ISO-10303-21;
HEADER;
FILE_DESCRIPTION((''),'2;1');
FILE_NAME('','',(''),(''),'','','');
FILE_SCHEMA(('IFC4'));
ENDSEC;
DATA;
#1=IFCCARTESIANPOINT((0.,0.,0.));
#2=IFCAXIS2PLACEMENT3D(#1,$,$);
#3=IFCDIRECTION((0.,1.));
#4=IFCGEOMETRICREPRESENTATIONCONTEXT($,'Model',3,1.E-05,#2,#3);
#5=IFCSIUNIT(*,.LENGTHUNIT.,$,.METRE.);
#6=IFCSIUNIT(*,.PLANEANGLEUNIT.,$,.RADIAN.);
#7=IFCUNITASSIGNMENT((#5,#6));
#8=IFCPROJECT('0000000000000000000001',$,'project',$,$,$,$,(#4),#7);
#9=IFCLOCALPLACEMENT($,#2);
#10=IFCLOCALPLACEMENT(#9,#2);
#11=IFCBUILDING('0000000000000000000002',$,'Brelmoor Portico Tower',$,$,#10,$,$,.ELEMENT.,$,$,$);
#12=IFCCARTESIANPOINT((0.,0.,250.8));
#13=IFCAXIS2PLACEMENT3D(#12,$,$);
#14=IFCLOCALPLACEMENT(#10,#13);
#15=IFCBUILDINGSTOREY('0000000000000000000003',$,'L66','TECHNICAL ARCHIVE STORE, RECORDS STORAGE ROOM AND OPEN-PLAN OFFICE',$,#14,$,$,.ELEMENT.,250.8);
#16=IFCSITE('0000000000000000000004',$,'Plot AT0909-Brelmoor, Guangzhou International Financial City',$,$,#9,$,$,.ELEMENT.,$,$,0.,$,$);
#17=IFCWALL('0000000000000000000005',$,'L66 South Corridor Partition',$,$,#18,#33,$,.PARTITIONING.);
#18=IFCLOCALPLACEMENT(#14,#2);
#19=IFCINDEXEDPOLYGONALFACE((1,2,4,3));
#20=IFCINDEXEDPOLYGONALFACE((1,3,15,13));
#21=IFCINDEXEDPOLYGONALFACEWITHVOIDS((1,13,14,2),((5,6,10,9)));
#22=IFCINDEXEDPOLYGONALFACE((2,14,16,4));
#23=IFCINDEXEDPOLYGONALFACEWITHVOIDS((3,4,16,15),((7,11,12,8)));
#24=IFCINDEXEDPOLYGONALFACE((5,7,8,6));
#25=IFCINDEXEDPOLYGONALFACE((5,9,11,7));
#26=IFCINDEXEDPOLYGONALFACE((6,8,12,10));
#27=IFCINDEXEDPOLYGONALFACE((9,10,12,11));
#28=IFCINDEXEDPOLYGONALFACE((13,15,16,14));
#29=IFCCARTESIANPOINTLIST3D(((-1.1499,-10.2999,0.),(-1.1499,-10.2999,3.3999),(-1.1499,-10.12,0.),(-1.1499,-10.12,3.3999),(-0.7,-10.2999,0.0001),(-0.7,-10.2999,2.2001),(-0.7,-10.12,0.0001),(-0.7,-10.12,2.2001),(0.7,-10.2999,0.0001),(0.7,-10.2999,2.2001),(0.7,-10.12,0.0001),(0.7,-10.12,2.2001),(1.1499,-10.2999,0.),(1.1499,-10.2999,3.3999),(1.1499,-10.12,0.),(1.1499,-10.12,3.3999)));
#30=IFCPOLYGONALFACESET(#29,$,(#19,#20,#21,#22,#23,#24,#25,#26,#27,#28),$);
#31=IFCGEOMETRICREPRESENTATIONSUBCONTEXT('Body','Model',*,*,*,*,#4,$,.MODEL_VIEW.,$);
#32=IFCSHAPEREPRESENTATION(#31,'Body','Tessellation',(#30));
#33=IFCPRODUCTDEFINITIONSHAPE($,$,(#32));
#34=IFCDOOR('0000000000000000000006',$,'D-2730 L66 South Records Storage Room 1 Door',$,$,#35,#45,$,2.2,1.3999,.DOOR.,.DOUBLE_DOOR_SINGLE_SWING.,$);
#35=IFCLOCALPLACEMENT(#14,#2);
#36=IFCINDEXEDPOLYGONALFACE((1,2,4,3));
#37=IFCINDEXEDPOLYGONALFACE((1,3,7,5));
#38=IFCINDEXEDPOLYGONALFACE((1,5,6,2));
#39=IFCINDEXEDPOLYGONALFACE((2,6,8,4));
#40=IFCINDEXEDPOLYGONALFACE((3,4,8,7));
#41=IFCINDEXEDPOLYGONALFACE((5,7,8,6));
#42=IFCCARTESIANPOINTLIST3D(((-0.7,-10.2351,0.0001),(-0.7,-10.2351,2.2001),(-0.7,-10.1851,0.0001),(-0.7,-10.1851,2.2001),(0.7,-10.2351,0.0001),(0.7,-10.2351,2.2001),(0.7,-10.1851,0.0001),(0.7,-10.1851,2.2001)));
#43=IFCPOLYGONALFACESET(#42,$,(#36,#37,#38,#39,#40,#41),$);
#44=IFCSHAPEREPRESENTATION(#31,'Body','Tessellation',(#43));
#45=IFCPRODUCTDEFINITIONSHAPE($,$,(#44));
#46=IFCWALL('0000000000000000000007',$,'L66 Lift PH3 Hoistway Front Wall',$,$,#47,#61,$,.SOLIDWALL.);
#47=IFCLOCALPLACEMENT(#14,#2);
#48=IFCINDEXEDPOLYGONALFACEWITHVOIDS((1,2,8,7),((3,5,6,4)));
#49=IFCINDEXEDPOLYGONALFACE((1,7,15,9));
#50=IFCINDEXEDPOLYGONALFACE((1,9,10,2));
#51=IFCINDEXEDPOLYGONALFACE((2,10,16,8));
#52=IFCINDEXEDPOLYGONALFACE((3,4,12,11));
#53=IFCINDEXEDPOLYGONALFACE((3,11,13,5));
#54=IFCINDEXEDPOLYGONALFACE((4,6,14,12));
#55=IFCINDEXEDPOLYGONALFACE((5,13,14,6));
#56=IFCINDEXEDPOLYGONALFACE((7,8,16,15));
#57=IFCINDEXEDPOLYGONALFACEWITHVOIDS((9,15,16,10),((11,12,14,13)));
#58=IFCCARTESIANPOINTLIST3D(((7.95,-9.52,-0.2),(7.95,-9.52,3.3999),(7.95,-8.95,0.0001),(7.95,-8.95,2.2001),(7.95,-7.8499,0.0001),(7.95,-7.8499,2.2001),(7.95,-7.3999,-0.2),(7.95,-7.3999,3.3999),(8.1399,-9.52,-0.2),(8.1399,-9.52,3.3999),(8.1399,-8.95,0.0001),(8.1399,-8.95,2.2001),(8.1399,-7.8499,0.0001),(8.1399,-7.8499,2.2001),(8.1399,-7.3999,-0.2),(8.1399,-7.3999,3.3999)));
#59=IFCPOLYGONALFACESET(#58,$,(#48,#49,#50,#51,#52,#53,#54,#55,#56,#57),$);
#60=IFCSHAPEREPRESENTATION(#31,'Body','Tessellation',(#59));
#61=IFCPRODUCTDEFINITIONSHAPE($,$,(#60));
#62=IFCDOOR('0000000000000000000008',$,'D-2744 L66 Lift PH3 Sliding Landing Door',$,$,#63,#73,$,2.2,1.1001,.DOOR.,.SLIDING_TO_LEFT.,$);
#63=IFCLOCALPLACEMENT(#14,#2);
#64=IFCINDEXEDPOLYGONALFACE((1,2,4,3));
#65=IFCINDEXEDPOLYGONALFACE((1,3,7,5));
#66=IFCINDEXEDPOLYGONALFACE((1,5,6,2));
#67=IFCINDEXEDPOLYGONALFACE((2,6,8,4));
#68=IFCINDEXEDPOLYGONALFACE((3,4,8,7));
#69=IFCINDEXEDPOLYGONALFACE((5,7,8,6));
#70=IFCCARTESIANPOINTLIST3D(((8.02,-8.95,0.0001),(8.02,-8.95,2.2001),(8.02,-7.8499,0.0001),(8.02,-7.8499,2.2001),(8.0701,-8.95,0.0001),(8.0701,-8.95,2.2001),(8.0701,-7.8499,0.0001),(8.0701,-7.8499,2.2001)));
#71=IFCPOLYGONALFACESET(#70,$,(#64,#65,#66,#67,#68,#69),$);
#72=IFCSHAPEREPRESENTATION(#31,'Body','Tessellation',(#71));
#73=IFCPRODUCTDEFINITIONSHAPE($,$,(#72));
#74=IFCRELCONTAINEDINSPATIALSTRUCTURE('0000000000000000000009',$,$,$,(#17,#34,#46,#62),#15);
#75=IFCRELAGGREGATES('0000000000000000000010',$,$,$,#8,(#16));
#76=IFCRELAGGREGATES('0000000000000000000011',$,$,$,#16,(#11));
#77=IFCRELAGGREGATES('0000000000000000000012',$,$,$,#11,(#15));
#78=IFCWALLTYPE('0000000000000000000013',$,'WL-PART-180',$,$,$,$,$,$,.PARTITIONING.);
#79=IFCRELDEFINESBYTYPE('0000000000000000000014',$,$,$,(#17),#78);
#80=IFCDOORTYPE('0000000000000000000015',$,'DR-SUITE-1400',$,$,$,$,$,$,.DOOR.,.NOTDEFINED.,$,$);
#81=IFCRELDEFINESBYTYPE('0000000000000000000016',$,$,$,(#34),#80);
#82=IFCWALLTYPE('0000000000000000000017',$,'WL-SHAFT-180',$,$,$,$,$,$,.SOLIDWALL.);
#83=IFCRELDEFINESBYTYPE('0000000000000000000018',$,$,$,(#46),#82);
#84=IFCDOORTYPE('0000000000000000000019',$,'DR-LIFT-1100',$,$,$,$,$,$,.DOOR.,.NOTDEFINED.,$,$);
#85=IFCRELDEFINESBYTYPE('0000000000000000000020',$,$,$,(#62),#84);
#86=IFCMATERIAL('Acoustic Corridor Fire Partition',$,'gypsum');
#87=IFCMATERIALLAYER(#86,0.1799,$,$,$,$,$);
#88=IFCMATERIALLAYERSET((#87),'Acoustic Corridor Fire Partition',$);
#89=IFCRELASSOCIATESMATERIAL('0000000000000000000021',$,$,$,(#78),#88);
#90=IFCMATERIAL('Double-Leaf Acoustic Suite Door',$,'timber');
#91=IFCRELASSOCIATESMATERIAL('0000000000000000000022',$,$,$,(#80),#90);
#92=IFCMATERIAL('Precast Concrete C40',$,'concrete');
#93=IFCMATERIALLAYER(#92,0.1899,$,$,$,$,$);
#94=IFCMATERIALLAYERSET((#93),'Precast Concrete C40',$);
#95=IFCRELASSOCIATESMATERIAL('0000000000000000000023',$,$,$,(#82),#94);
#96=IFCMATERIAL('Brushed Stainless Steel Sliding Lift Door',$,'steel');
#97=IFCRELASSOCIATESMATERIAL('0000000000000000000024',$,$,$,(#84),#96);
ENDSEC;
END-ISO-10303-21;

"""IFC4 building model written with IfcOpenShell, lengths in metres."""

from ifc_helpers import new_model, si_unit, direction, frame, frame_2d, origin, place, context, subcontext, project, spatial, rectangle, extrude, material, layer, layer_set, type_object, element, fill, save


model = new_model("IFC4")

# Units and contexts
model_context = context("Model", 3, precision=1e-05, world=origin(), true_north=direction((0.0, 1.0)))
body_context = subcontext(model_context, "Body", "Model", "MODEL_VIEW")
ifc_project = project(units=[si_unit("LENGTHUNIT", "METRE"), si_unit("PLANEANGLEUNIT", "RADIAN")], contexts=[model_context])

# Site, building, storey
site_placement = place(None, origin())
site = spatial("IfcSite", under=ifc_project, at=site_placement, Name="Plot AT0909-Brelmoor, Guangzhou International Financial City", CompositionType="ELEMENT", RefElevation=0.0)
building_placement = place(site_placement, origin())
building = spatial("IfcBuilding", under=site, at=building_placement, Name="Brelmoor Portico Tower", CompositionType="ELEMENT")
storey_placement = place(building_placement, frame((0.0, 0.0, 250.8)))
storey = spatial("IfcBuildingStorey", under=building, at=storey_placement, Name="L66", Description="TECHNICAL ARCHIVE STORE, RECORDS STORAGE ROOM AND OPEN-PLAN OFFICE", CompositionType="ELEMENT", Elevation=250.8)

# Walls, openings, doors
ifc_material_1 = material(Name="Acoustic Corridor Fire Partition", Category="gypsum")
ifc_layer_1 = layer(ifc_material_1, 0.1799)
ifc_layer_set_1 = layer_set([ifc_layer_1], Name="Acoustic Corridor Fire Partition")
wall_type_1 = type_object("IfcWallType", Name="WL-PART-180", PredefinedType="PARTITIONING", material=ifc_layer_set_1)
wall_1_placement = place(storey_placement, frame((-1.1499, -10.21, 0.0), z_axis=(0.0, 0.0, 1.0), x_axis=(1.0, 0.0, 0.0)))
wall_1 = element("IfcWall", 1, at=wall_1_placement, inside=storey, type_object=wall_type_1, Name="L66 South Corridor Partition", PredefinedType="PARTITIONING", context=body_context, shape_type="SweptSolid", body=[
    extrude(rectangle(XDim=2.2998, YDim=0.1799, at=frame_2d((1.1499, 0.0))), origin(), (0.0, 0.0, 1.0), 3.3999),
])
opening_1_placement = place(wall_1_placement, frame((0.45, 0.0, 0.0)))
opening_1 = element("IfcOpeningElement", 2, at=opening_1_placement, cuts=wall_1, PredefinedType="OPENING", context=body_context, shape_type="SweptSolid", body=[
    extrude(rectangle(XDim=1.3999, YDim=2.2, at=frame_2d((0.7, 1.1001))), frame((0.0, 0.0999, 0.0), z_axis=(0.0, -1.0, 0.0), x_axis=(1.0, 0.0, 0.0)), (0.0, 0.0, 1.0), 0.2),
])
ifc_material_2 = material(Name="Double-Leaf Acoustic Suite Door", Category="timber")
door_type_1 = type_object("IfcDoorType", Name="DR-SUITE-1400", OperationType="NOTDEFINED", PredefinedType="DOOR", material=ifc_material_2)
door_1_placement = place(opening_1_placement, origin())
door_1 = element("IfcDoor", 3, at=door_1_placement, inside=storey, type_object=door_type_1, Name="D-2730 L66 South Records Storage Room 1 Door", OperationType="DOUBLE_DOOR_SINGLE_SWING", OverallHeight=2.2, OverallWidth=1.3999, PredefinedType="DOOR", context=body_context, shape_type="SweptSolid", body=[
    extrude(rectangle(XDim=1.3999, YDim=2.2, at=frame_2d((0.7, 1.1001))), frame((0.0, 0.0249, 0.0), z_axis=(0.0, -1.0, 0.0), x_axis=(1.0, 0.0, 0.0)), (0.0, 0.0, 1.0), 0.05),
])
fill(opening_1, door_1)
ifc_material_3 = material(Name="Precast Concrete C40", Category="concrete")
ifc_layer_2 = layer(ifc_material_3, 0.1899)
ifc_layer_set_2 = layer_set([ifc_layer_2], Name="Precast Concrete C40")
wall_type_2 = type_object("IfcWallType", Name="WL-SHAFT-180", PredefinedType="SOLIDWALL", material=ifc_layer_set_2)
wall_2_placement = place(storey_placement, frame((8.0449, -9.52, -0.2), z_axis=(0.0, 0.0, 1.0), x_axis=(0.0, 1.0, 0.0)))
wall_2 = element("IfcWall", 4, at=wall_2_placement, inside=storey, type_object=wall_type_2, Name="L66 Lift PH3 Hoistway Front Wall", PredefinedType="SOLIDWALL", context=body_context, shape_type="SweptSolid", body=[
    extrude(rectangle(XDim=2.1201, YDim=0.1899, at=frame_2d((1.0601, 0.0))), origin(), (0.0, 0.0, 1.0), 3.5999),
])
opening_2_placement = place(wall_2_placement, frame((0.5701, 0.0, 0.2)))
opening_2 = element("IfcOpeningElement", 5, at=opening_2_placement, cuts=wall_2, PredefinedType="OPENING", context=body_context, shape_type="SweptSolid", body=[
    extrude(rectangle(XDim=1.1001, YDim=2.2, at=frame_2d((0.55, 1.1001))), frame((0.0, 0.105, 0.0), z_axis=(0.0, -1.0, 0.0), x_axis=(1.0, 0.0, 0.0)), (0.0, 0.0, 1.0), 0.21),
])
ifc_material_4 = material(Name="Brushed Stainless Steel Sliding Lift Door", Category="steel")
door_type_2 = type_object("IfcDoorType", Name="DR-LIFT-1100", OperationType="NOTDEFINED", PredefinedType="DOOR", material=ifc_material_4)
door_2_placement = place(opening_2_placement, origin())
door_2 = element("IfcDoor", 6, at=door_2_placement, inside=storey, type_object=door_type_2, Name="D-2744 L66 Lift PH3 Sliding Landing Door", OperationType="SLIDING_TO_LEFT", OverallHeight=2.2, OverallWidth=1.1001, PredefinedType="DOOR", context=body_context, shape_type="SweptSolid", body=[
    extrude(rectangle(XDim=1.1001, YDim=2.2, at=frame_2d((0.55, 1.1001))), frame((0.0, 0.0249, 0.0), z_axis=(0.0, -1.0, 0.0), x_axis=(1.0, 0.0, 0.0)), (0.0, 0.0, 1.0), 0.05),
])
fill(opening_2, door_2)

save(model, "model.ifc")
